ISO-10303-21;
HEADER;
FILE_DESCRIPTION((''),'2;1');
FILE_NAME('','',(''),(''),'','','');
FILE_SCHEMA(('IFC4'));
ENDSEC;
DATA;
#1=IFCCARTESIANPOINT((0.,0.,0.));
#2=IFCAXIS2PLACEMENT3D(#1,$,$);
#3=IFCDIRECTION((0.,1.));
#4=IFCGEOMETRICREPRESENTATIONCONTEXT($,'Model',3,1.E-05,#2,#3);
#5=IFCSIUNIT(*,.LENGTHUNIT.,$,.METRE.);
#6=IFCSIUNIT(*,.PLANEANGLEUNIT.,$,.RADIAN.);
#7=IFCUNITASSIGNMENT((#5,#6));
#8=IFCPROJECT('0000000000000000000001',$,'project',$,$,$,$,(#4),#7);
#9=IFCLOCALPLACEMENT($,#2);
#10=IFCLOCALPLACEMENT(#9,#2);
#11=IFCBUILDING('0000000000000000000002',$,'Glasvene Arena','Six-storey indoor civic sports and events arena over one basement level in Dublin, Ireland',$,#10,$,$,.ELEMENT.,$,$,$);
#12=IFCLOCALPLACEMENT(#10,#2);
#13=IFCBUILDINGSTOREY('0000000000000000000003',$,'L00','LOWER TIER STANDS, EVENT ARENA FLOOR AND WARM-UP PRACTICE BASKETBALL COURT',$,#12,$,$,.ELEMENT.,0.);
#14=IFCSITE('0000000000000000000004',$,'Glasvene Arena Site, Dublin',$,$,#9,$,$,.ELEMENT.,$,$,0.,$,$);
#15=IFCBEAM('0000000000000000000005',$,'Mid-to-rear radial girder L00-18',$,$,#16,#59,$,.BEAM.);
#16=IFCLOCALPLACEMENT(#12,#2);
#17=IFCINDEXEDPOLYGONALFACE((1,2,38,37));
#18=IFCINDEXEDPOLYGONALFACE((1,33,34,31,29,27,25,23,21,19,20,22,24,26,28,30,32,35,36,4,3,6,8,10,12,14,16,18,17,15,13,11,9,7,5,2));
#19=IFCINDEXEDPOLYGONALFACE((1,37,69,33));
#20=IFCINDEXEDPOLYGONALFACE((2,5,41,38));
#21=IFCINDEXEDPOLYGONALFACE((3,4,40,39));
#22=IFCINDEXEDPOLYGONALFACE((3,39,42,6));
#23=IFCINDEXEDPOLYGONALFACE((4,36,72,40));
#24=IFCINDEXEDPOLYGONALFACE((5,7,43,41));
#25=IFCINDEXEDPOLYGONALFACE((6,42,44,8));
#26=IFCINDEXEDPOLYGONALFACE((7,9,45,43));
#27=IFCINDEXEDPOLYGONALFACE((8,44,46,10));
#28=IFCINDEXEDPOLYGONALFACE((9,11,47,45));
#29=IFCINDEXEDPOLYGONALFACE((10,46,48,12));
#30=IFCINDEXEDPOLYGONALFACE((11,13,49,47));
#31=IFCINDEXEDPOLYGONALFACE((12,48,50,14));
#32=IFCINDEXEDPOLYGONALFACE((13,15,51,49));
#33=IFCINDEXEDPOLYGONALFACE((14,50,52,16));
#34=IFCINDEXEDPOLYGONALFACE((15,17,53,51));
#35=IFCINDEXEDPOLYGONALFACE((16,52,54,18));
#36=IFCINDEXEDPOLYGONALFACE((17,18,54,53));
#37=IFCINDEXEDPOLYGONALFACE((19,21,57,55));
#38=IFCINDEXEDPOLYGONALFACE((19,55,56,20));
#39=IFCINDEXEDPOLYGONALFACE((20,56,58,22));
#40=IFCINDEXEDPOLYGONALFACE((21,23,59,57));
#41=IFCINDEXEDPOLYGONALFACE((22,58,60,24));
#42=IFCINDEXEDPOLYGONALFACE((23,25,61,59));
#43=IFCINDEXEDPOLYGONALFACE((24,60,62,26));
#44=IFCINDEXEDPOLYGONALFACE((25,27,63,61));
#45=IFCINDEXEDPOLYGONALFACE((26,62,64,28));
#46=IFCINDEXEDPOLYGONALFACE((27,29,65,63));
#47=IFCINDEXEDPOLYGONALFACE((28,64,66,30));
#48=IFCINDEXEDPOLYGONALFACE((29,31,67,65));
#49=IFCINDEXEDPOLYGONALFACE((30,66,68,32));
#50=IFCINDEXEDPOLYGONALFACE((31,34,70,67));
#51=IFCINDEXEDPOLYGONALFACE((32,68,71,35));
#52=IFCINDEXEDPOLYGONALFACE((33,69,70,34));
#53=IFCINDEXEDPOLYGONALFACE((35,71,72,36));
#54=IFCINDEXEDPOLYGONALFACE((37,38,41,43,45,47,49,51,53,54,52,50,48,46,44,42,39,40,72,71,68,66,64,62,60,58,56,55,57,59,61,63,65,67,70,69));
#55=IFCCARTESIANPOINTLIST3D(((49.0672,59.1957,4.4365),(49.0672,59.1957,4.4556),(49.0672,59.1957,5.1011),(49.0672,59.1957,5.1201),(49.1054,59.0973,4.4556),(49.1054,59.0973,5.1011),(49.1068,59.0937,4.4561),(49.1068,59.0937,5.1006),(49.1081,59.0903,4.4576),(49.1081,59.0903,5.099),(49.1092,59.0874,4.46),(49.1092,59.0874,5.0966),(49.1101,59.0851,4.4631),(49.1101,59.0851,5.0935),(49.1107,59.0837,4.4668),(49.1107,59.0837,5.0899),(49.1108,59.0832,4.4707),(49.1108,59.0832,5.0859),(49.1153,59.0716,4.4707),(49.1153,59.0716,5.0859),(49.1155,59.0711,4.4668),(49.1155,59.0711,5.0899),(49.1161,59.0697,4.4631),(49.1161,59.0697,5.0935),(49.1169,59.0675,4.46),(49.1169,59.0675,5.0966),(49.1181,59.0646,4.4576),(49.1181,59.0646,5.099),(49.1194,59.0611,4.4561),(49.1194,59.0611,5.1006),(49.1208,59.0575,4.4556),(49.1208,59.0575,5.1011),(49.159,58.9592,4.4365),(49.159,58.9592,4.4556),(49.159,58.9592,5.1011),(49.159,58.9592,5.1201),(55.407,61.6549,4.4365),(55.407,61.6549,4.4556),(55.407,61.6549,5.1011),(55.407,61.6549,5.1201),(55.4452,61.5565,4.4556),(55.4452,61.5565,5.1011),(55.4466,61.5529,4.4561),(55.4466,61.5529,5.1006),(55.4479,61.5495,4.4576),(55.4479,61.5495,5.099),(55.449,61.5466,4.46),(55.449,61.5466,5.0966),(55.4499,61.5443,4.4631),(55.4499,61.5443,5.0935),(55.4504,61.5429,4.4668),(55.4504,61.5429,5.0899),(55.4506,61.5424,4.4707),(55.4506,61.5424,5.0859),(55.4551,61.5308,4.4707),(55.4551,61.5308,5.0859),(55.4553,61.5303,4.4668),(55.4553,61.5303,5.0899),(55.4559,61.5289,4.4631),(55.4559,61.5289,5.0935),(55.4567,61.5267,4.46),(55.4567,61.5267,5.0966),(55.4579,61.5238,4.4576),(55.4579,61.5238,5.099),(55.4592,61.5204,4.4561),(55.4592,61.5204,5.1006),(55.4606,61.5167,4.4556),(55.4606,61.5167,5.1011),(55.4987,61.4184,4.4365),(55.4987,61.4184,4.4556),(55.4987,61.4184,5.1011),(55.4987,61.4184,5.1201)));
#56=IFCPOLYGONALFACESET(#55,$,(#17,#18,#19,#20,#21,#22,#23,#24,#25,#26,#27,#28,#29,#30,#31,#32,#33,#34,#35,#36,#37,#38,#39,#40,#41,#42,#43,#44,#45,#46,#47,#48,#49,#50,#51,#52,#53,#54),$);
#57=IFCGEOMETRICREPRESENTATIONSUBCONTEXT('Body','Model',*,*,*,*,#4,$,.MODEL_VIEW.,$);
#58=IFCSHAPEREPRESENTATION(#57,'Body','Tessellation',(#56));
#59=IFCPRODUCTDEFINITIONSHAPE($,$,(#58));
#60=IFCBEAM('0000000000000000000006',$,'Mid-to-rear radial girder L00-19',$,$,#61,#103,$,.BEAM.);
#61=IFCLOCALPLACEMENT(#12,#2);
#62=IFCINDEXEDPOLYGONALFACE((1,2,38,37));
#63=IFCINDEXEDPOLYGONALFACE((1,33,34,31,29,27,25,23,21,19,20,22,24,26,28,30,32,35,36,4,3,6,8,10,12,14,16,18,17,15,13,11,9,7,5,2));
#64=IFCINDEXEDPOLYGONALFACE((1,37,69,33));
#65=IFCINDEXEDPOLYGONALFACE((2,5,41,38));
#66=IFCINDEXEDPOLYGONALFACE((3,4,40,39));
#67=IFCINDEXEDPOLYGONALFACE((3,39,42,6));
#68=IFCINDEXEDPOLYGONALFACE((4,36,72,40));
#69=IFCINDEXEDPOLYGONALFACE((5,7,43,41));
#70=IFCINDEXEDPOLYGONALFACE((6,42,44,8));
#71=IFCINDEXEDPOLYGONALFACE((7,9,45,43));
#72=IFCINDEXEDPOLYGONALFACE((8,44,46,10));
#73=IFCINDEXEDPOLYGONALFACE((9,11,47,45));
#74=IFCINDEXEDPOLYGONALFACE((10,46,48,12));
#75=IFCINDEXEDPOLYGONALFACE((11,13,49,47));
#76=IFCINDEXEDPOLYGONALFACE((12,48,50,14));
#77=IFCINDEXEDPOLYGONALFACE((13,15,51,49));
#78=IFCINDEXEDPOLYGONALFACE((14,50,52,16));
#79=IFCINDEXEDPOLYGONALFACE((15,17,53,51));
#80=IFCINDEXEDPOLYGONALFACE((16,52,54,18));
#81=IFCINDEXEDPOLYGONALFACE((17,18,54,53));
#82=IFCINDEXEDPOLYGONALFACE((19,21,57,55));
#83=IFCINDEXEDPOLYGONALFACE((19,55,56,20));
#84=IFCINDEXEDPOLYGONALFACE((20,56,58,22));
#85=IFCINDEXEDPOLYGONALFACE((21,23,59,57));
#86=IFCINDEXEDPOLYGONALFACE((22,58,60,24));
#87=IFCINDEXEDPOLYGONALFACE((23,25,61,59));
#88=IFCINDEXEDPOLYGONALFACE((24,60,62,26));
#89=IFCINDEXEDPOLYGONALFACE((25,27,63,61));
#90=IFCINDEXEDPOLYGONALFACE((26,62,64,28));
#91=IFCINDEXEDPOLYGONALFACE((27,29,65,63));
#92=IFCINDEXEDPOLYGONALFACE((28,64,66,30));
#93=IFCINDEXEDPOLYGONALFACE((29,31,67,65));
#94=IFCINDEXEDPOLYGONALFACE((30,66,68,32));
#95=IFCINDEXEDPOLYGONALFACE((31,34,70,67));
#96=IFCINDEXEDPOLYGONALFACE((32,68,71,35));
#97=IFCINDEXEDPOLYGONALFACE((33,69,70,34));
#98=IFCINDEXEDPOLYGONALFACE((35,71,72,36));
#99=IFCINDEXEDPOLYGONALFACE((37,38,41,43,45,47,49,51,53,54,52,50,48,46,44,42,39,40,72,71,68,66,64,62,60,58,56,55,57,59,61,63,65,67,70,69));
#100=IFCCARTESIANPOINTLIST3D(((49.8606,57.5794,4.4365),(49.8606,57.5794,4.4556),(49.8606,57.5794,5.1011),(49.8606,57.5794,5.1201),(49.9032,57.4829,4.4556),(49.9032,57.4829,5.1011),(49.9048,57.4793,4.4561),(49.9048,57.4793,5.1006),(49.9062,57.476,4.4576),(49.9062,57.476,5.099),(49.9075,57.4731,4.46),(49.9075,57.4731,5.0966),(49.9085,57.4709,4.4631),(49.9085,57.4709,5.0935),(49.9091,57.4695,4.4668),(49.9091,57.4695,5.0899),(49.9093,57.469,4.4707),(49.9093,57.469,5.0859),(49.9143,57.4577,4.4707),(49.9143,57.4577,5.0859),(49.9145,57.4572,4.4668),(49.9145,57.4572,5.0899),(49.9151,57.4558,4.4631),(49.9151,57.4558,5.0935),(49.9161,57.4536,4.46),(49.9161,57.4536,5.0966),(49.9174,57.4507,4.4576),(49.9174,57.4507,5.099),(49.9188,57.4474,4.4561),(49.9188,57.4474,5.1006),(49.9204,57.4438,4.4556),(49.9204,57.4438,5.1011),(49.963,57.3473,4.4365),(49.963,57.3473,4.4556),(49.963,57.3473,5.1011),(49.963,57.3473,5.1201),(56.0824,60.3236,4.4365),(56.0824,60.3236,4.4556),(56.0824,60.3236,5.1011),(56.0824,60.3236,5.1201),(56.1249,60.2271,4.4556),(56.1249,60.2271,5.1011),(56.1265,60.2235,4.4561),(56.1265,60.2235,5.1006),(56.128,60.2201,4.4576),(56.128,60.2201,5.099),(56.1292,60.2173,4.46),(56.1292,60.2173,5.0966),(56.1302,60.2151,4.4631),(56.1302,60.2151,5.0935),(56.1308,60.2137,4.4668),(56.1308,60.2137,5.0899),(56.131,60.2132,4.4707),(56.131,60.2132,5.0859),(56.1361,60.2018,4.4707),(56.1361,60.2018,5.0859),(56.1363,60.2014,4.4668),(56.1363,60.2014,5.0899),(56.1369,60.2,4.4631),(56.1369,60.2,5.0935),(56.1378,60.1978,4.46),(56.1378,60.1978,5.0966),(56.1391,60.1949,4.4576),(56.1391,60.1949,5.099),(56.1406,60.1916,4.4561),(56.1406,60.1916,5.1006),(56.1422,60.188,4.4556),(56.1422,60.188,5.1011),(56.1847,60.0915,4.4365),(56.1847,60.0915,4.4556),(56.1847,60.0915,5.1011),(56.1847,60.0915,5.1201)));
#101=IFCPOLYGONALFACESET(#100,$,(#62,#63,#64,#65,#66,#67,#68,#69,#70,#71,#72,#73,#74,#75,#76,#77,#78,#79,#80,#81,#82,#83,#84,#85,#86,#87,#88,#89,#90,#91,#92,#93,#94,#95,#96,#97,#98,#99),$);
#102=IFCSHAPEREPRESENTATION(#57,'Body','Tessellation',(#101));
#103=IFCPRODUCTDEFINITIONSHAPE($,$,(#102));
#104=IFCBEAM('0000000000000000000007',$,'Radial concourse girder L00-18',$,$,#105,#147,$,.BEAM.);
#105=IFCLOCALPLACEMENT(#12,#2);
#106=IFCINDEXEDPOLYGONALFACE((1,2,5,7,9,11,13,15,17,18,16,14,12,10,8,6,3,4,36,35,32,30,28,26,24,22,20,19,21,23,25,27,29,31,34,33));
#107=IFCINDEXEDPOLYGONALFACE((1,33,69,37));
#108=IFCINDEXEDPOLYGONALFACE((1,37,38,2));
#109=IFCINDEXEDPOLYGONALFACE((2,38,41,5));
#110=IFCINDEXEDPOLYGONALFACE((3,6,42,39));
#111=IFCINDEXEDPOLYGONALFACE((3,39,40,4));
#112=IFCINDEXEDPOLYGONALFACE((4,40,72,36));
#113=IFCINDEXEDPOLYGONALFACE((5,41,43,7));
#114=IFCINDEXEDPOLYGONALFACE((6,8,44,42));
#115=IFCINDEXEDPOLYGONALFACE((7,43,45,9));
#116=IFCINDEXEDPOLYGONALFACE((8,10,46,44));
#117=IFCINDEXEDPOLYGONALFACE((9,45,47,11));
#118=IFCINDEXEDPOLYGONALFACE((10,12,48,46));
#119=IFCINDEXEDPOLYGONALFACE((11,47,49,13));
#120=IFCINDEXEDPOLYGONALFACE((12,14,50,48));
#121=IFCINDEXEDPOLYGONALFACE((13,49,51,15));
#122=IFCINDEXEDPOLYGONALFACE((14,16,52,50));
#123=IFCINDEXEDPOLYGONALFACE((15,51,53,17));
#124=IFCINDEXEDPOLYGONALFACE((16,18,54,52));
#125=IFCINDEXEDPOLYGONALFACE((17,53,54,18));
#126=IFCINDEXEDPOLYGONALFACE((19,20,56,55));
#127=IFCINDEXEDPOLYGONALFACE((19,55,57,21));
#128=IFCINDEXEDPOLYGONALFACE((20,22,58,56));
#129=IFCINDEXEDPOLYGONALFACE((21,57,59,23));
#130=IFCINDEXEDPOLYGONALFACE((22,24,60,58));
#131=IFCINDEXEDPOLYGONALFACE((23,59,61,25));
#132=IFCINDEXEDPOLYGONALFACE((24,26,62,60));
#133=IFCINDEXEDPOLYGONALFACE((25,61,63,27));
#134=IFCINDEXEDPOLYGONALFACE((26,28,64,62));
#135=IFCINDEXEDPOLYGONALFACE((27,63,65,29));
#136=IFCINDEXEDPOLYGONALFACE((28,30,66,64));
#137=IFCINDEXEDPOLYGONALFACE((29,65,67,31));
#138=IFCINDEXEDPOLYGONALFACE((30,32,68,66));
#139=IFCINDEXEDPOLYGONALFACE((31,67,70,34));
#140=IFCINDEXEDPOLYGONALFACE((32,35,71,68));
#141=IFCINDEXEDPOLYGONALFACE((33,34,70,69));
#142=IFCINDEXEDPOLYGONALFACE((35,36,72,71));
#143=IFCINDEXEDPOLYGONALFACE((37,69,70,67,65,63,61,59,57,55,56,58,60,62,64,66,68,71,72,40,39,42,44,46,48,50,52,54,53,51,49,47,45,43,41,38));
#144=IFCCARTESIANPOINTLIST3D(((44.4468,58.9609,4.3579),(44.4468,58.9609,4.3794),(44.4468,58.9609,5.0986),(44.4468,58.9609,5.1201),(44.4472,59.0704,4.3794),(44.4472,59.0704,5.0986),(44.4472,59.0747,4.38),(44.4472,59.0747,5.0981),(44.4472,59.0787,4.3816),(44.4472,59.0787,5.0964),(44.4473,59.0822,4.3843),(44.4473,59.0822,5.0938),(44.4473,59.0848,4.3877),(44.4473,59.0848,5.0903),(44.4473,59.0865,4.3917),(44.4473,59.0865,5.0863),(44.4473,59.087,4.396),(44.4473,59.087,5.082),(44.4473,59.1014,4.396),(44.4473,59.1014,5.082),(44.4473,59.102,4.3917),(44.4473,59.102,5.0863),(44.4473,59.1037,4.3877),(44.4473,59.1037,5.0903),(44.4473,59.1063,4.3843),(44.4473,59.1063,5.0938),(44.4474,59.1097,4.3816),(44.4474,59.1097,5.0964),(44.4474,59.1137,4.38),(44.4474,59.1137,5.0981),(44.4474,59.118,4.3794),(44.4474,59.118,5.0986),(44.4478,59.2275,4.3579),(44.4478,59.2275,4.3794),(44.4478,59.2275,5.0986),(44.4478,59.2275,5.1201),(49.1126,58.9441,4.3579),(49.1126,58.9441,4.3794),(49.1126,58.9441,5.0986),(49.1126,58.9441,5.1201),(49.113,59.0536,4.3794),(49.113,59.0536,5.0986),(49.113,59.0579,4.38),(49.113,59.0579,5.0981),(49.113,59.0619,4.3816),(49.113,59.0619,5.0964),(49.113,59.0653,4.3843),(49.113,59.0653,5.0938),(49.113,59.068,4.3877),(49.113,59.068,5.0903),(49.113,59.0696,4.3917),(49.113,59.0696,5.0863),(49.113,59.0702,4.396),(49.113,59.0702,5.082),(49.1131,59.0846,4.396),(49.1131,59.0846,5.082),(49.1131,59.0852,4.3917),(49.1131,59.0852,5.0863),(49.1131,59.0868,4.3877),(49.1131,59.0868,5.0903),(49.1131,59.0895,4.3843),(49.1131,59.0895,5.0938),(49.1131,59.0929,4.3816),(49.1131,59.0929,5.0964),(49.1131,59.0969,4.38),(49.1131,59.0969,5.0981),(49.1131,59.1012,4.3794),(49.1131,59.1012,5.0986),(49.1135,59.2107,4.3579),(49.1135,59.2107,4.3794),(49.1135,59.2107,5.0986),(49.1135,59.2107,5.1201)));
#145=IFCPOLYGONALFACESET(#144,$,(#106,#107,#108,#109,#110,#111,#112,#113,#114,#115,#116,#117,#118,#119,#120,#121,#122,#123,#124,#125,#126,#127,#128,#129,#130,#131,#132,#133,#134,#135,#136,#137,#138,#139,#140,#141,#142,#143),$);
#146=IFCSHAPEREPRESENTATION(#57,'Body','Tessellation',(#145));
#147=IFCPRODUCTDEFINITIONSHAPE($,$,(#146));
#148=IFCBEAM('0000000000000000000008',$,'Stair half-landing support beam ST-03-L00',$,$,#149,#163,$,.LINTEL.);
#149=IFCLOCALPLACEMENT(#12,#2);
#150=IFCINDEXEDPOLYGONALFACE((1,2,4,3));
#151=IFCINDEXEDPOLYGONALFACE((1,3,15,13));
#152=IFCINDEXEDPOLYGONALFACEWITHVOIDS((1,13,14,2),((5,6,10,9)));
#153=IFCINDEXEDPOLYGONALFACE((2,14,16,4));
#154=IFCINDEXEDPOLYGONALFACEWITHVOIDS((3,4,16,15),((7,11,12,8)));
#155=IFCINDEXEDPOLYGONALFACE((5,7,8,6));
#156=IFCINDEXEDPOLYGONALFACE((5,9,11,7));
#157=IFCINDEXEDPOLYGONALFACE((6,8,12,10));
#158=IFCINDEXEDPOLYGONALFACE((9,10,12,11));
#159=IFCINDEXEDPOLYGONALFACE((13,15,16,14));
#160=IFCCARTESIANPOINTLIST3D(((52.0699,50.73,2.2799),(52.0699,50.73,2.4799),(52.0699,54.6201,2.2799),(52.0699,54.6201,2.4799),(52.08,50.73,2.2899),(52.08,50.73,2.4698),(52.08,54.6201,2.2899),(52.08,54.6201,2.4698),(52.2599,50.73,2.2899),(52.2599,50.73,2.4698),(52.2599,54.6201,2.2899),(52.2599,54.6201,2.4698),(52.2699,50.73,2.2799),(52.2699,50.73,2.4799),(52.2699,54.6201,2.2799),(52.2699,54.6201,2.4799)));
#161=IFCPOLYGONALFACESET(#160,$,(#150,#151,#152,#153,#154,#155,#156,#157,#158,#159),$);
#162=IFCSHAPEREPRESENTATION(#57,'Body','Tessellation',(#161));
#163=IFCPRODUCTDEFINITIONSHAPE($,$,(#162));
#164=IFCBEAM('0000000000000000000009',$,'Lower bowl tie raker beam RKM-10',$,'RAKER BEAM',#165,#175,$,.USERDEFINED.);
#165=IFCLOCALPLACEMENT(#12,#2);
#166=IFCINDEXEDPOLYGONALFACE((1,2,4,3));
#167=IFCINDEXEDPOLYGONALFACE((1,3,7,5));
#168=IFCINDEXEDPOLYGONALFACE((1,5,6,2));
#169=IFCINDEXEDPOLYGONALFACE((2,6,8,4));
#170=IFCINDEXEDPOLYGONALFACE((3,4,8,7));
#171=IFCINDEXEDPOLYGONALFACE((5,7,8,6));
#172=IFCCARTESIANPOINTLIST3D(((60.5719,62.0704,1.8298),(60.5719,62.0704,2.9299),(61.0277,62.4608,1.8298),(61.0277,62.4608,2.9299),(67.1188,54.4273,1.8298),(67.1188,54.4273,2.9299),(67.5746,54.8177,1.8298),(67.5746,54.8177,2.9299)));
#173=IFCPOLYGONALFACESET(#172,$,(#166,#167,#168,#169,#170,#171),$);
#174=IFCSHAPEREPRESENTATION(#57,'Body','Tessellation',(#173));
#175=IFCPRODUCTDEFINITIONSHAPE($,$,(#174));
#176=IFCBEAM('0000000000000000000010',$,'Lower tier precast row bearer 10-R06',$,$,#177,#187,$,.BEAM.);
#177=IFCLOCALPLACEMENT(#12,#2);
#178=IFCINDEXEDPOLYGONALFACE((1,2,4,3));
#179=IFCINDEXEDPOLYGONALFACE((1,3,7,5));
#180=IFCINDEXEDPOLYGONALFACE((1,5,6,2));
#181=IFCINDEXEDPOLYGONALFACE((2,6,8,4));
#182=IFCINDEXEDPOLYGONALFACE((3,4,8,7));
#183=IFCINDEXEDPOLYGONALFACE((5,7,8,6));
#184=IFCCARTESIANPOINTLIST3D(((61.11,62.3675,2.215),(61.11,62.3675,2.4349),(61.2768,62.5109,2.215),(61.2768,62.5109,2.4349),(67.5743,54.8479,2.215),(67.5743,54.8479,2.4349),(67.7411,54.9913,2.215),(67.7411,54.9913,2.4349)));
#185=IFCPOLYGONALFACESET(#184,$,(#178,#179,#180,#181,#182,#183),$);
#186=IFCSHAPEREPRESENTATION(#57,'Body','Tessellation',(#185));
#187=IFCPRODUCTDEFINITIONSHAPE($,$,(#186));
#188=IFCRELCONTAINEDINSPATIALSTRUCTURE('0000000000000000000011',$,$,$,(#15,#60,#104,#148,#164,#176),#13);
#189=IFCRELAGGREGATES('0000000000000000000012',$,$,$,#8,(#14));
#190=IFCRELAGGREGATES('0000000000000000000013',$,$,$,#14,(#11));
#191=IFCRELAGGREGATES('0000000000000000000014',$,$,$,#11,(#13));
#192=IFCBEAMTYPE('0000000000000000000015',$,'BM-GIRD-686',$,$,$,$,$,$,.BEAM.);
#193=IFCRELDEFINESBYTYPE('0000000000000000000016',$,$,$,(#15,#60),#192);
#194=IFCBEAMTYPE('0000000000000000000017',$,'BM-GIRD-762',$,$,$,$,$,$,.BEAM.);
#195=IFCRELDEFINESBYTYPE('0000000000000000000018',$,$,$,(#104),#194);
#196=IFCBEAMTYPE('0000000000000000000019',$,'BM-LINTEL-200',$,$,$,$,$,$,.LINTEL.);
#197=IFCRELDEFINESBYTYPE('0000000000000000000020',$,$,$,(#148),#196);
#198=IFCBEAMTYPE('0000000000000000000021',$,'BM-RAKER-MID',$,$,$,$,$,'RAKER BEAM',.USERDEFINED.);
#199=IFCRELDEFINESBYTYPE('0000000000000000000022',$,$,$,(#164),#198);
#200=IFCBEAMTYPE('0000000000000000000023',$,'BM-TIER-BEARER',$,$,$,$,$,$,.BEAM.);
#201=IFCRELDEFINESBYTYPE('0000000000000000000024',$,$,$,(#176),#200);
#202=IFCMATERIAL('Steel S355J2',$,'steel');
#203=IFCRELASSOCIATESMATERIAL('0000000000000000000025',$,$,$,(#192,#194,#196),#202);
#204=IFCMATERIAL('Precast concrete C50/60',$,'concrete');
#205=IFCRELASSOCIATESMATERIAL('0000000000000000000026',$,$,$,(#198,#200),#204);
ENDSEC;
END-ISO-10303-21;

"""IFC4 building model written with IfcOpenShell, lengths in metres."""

from ifc_helpers import new_model, si_unit, direction, frame, origin, origin_2d, place, context, subcontext, project, spatial, rectangle, hollow_rectangle, i_section, extrude, material, material_profile, profile_set, type_object, element, save


model = new_model("IFC4")

# Units and contexts
model_context = context("Model", 3, precision=1e-05, world=origin(), true_north=direction((0.0, 1.0)))
body_context = subcontext(model_context, "Body", "Model", "MODEL_VIEW")
ifc_project = project(units=[si_unit("LENGTHUNIT", "METRE"), si_unit("PLANEANGLEUNIT", "RADIAN")], contexts=[model_context])

# Site, building, storey
site_placement = place(None, origin())
site = spatial("IfcSite", under=ifc_project, at=site_placement, Name="Glasvene Arena Site, Dublin", CompositionType="ELEMENT", RefElevation=0.0)
building_placement = place(site_placement, origin())
building = spatial("IfcBuilding", under=site, at=building_placement, Name="Glasvene Arena", Description="Six-storey indoor civic sports and events arena over one basement level in Dublin, Ireland", CompositionType="ELEMENT")
storey_placement = place(building_placement, origin())
storey = spatial("IfcBuildingStorey", under=building, at=storey_placement, Name="L00", Description="LOWER TIER STANDS, EVENT ARENA FLOOR AND WARM-UP PRACTICE BASKETBALL COURT", CompositionType="ELEMENT", Elevation=0.0)

# Shared definitions
ifc_material_1 = material(Name="Steel S355J2", Category="steel")

# Beams
ifc_material_profile_1 = material_profile(ifc_material_1, i_section(OverallWidth=0.2537, OverallDepth=0.6836, WebThickness=0.0125, FlangeThickness=0.019, FilletRadius=0.0151, at=origin_2d()), Name="UKB 686x254x140")
ifc_profile_set_1 = profile_set([ifc_material_profile_1], Name="Steel S355J2")
beam_type_1 = type_object("IfcBeamType", Name="BM-GIRD-686", PredefinedType="BEAM", material=ifc_profile_set_1)
for number, where, z_axis, x_axis, name in (
    (1, (55.4529, 61.5366, 4.7783), (-0.932316, -0.361646, 0.0), (0.361646, -0.932316, 0.0), "Mid-to-rear radial girder L00-18"),
    (2, (56.1335, 60.2075, 4.7783), (-0.914957, -0.403552, 0.0), (0.403552, -0.914957, 0.0), "Mid-to-rear radial girder L00-19"),
):
    element("IfcBeam", number, at=place(storey_placement, frame(where, z_axis=z_axis, x_axis=x_axis)), inside=storey, type_object=beam_type_1, Name=name, PredefinedType="BEAM", context=body_context, shape_type="SweptSolid", body=[
        extrude(i_section(OverallWidth=0.2537, OverallDepth=0.6836, WebThickness=0.0125, FlangeThickness=0.019, FilletRadius=0.0151, at=origin_2d()), origin(), (0.0, 0.0, 1.0), 6.8),
    ])
ifc_material_profile_2 = material_profile(ifc_material_1, i_section(OverallWidth=0.2666, OverallDepth=0.7622, WebThickness=0.0144, FlangeThickness=0.0215, FilletRadius=0.0166, at=origin_2d()), Name="UKB 762x267x173")
ifc_profile_set_2 = profile_set([ifc_material_profile_2], Name="Steel S355J2")
beam_type_2 = type_object("IfcBeamType", Name="BM-GIRD-762", PredefinedType="BEAM", material=ifc_profile_set_2)
beam_1_placement = place(storey_placement, frame((49.113, 59.0774, 4.739), z_axis=(-0.999993, 0.00361, 0.0), x_axis=(-0.00361, -0.999993, 0.0)))
element("IfcBeam", 3, at=beam_1_placement, inside=storey, type_object=beam_type_2, Name="Radial concourse girder L00-18", PredefinedType="BEAM", context=body_context, shape_type="SweptSolid", body=[
    extrude(i_section(OverallWidth=0.2666, OverallDepth=0.7622, WebThickness=0.0144, FlangeThickness=0.0215, FilletRadius=0.0166, at=origin_2d()), origin(), (0.0, 0.0, 1.0), 4.6658),
])
ifc_material_profile_3 = material_profile(ifc_material_1, hollow_rectangle(XDim=0.2, YDim=0.2, WallThickness=0.01, at=origin_2d()), Name="SHS 200x200x10.0")
ifc_profile_set_3 = profile_set([ifc_material_profile_3], Name="Steel S355J2")
beam_type_3 = type_object("IfcBeamType", Name="BM-LINTEL-200", PredefinedType="LINTEL", material=ifc_profile_set_3)
beam_2_placement = place(storey_placement, frame((52.1699, 50.73, 2.3799), z_axis=(0.0, 1.0, 0.0), x_axis=(-1.0, 0.0, 0.0)))
element("IfcBeam", 4, at=beam_2_placement, inside=storey, type_object=beam_type_3, Name="Stair half-landing support beam ST-03-L00", PredefinedType="LINTEL", context=body_context, shape_type="SweptSolid", body=[
    extrude(hollow_rectangle(XDim=0.2, YDim=0.2, WallThickness=0.01, at=origin_2d()), origin(), (0.0, 0.0, 1.0), 3.8901),
])
ifc_material_2 = material(Name="Precast concrete C50/60", Category="concrete")
ifc_material_profile_4 = material_profile(ifc_material_2, rectangle(XDim=0.6001, YDim=1.1001, at=origin_2d()), Name="RC 600x1100")
ifc_profile_set_4 = profile_set([ifc_material_profile_4], Name="Precast concrete C50/60")
beam_type_4 = type_object("IfcBeamType", Name="BM-RAKER-MID", ElementType="RAKER BEAM", PredefinedType="USERDEFINED", material=ifc_profile_set_4)
beam_3_placement = place(storey_placement, frame((60.7998, 62.2656, 2.3799), z_axis=(0.650544, -0.759469, 0.0), x_axis=(0.759469, 0.650544, 0.0)))
element("IfcBeam", 5, at=beam_3_placement, inside=storey, type_object=beam_type_4, Name="Lower bowl tie raker beam RKM-10", ObjectType="RAKER BEAM", PredefinedType="USERDEFINED", context=body_context, shape_type="SweptSolid", body=[
    extrude(rectangle(XDim=0.6001, YDim=1.1001, at=origin_2d()), origin(), (0.0, 0.0, 1.0), 10.0637),
])
ifc_material_profile_5 = material_profile(ifc_material_2, rectangle(XDim=0.22, YDim=0.22, at=origin_2d()), Name="RC 220x220")
ifc_profile_set_5 = profile_set([ifc_material_profile_5], Name="Precast concrete C50/60")
beam_type_5 = type_object("IfcBeamType", Name="BM-TIER-BEARER", PredefinedType="BEAM", material=ifc_profile_set_5)
beam_4_placement = place(storey_placement, frame((61.1934, 62.4392, 2.325), z_axis=(0.651898, -0.758307, 0.0), x_axis=(0.758307, 0.651898, 0.0)))
element("IfcBeam", 6, at=beam_4_placement, inside=storey, type_object=beam_type_5, Name="Lower tier precast row bearer 10-R06", PredefinedType="BEAM", context=body_context, shape_type="SweptSolid", body=[
    extrude(rectangle(XDim=0.22, YDim=0.22, at=origin_2d()), origin(), (0.0, 0.0, 1.0), 9.9163),
])

save(model, "model.ifc")
